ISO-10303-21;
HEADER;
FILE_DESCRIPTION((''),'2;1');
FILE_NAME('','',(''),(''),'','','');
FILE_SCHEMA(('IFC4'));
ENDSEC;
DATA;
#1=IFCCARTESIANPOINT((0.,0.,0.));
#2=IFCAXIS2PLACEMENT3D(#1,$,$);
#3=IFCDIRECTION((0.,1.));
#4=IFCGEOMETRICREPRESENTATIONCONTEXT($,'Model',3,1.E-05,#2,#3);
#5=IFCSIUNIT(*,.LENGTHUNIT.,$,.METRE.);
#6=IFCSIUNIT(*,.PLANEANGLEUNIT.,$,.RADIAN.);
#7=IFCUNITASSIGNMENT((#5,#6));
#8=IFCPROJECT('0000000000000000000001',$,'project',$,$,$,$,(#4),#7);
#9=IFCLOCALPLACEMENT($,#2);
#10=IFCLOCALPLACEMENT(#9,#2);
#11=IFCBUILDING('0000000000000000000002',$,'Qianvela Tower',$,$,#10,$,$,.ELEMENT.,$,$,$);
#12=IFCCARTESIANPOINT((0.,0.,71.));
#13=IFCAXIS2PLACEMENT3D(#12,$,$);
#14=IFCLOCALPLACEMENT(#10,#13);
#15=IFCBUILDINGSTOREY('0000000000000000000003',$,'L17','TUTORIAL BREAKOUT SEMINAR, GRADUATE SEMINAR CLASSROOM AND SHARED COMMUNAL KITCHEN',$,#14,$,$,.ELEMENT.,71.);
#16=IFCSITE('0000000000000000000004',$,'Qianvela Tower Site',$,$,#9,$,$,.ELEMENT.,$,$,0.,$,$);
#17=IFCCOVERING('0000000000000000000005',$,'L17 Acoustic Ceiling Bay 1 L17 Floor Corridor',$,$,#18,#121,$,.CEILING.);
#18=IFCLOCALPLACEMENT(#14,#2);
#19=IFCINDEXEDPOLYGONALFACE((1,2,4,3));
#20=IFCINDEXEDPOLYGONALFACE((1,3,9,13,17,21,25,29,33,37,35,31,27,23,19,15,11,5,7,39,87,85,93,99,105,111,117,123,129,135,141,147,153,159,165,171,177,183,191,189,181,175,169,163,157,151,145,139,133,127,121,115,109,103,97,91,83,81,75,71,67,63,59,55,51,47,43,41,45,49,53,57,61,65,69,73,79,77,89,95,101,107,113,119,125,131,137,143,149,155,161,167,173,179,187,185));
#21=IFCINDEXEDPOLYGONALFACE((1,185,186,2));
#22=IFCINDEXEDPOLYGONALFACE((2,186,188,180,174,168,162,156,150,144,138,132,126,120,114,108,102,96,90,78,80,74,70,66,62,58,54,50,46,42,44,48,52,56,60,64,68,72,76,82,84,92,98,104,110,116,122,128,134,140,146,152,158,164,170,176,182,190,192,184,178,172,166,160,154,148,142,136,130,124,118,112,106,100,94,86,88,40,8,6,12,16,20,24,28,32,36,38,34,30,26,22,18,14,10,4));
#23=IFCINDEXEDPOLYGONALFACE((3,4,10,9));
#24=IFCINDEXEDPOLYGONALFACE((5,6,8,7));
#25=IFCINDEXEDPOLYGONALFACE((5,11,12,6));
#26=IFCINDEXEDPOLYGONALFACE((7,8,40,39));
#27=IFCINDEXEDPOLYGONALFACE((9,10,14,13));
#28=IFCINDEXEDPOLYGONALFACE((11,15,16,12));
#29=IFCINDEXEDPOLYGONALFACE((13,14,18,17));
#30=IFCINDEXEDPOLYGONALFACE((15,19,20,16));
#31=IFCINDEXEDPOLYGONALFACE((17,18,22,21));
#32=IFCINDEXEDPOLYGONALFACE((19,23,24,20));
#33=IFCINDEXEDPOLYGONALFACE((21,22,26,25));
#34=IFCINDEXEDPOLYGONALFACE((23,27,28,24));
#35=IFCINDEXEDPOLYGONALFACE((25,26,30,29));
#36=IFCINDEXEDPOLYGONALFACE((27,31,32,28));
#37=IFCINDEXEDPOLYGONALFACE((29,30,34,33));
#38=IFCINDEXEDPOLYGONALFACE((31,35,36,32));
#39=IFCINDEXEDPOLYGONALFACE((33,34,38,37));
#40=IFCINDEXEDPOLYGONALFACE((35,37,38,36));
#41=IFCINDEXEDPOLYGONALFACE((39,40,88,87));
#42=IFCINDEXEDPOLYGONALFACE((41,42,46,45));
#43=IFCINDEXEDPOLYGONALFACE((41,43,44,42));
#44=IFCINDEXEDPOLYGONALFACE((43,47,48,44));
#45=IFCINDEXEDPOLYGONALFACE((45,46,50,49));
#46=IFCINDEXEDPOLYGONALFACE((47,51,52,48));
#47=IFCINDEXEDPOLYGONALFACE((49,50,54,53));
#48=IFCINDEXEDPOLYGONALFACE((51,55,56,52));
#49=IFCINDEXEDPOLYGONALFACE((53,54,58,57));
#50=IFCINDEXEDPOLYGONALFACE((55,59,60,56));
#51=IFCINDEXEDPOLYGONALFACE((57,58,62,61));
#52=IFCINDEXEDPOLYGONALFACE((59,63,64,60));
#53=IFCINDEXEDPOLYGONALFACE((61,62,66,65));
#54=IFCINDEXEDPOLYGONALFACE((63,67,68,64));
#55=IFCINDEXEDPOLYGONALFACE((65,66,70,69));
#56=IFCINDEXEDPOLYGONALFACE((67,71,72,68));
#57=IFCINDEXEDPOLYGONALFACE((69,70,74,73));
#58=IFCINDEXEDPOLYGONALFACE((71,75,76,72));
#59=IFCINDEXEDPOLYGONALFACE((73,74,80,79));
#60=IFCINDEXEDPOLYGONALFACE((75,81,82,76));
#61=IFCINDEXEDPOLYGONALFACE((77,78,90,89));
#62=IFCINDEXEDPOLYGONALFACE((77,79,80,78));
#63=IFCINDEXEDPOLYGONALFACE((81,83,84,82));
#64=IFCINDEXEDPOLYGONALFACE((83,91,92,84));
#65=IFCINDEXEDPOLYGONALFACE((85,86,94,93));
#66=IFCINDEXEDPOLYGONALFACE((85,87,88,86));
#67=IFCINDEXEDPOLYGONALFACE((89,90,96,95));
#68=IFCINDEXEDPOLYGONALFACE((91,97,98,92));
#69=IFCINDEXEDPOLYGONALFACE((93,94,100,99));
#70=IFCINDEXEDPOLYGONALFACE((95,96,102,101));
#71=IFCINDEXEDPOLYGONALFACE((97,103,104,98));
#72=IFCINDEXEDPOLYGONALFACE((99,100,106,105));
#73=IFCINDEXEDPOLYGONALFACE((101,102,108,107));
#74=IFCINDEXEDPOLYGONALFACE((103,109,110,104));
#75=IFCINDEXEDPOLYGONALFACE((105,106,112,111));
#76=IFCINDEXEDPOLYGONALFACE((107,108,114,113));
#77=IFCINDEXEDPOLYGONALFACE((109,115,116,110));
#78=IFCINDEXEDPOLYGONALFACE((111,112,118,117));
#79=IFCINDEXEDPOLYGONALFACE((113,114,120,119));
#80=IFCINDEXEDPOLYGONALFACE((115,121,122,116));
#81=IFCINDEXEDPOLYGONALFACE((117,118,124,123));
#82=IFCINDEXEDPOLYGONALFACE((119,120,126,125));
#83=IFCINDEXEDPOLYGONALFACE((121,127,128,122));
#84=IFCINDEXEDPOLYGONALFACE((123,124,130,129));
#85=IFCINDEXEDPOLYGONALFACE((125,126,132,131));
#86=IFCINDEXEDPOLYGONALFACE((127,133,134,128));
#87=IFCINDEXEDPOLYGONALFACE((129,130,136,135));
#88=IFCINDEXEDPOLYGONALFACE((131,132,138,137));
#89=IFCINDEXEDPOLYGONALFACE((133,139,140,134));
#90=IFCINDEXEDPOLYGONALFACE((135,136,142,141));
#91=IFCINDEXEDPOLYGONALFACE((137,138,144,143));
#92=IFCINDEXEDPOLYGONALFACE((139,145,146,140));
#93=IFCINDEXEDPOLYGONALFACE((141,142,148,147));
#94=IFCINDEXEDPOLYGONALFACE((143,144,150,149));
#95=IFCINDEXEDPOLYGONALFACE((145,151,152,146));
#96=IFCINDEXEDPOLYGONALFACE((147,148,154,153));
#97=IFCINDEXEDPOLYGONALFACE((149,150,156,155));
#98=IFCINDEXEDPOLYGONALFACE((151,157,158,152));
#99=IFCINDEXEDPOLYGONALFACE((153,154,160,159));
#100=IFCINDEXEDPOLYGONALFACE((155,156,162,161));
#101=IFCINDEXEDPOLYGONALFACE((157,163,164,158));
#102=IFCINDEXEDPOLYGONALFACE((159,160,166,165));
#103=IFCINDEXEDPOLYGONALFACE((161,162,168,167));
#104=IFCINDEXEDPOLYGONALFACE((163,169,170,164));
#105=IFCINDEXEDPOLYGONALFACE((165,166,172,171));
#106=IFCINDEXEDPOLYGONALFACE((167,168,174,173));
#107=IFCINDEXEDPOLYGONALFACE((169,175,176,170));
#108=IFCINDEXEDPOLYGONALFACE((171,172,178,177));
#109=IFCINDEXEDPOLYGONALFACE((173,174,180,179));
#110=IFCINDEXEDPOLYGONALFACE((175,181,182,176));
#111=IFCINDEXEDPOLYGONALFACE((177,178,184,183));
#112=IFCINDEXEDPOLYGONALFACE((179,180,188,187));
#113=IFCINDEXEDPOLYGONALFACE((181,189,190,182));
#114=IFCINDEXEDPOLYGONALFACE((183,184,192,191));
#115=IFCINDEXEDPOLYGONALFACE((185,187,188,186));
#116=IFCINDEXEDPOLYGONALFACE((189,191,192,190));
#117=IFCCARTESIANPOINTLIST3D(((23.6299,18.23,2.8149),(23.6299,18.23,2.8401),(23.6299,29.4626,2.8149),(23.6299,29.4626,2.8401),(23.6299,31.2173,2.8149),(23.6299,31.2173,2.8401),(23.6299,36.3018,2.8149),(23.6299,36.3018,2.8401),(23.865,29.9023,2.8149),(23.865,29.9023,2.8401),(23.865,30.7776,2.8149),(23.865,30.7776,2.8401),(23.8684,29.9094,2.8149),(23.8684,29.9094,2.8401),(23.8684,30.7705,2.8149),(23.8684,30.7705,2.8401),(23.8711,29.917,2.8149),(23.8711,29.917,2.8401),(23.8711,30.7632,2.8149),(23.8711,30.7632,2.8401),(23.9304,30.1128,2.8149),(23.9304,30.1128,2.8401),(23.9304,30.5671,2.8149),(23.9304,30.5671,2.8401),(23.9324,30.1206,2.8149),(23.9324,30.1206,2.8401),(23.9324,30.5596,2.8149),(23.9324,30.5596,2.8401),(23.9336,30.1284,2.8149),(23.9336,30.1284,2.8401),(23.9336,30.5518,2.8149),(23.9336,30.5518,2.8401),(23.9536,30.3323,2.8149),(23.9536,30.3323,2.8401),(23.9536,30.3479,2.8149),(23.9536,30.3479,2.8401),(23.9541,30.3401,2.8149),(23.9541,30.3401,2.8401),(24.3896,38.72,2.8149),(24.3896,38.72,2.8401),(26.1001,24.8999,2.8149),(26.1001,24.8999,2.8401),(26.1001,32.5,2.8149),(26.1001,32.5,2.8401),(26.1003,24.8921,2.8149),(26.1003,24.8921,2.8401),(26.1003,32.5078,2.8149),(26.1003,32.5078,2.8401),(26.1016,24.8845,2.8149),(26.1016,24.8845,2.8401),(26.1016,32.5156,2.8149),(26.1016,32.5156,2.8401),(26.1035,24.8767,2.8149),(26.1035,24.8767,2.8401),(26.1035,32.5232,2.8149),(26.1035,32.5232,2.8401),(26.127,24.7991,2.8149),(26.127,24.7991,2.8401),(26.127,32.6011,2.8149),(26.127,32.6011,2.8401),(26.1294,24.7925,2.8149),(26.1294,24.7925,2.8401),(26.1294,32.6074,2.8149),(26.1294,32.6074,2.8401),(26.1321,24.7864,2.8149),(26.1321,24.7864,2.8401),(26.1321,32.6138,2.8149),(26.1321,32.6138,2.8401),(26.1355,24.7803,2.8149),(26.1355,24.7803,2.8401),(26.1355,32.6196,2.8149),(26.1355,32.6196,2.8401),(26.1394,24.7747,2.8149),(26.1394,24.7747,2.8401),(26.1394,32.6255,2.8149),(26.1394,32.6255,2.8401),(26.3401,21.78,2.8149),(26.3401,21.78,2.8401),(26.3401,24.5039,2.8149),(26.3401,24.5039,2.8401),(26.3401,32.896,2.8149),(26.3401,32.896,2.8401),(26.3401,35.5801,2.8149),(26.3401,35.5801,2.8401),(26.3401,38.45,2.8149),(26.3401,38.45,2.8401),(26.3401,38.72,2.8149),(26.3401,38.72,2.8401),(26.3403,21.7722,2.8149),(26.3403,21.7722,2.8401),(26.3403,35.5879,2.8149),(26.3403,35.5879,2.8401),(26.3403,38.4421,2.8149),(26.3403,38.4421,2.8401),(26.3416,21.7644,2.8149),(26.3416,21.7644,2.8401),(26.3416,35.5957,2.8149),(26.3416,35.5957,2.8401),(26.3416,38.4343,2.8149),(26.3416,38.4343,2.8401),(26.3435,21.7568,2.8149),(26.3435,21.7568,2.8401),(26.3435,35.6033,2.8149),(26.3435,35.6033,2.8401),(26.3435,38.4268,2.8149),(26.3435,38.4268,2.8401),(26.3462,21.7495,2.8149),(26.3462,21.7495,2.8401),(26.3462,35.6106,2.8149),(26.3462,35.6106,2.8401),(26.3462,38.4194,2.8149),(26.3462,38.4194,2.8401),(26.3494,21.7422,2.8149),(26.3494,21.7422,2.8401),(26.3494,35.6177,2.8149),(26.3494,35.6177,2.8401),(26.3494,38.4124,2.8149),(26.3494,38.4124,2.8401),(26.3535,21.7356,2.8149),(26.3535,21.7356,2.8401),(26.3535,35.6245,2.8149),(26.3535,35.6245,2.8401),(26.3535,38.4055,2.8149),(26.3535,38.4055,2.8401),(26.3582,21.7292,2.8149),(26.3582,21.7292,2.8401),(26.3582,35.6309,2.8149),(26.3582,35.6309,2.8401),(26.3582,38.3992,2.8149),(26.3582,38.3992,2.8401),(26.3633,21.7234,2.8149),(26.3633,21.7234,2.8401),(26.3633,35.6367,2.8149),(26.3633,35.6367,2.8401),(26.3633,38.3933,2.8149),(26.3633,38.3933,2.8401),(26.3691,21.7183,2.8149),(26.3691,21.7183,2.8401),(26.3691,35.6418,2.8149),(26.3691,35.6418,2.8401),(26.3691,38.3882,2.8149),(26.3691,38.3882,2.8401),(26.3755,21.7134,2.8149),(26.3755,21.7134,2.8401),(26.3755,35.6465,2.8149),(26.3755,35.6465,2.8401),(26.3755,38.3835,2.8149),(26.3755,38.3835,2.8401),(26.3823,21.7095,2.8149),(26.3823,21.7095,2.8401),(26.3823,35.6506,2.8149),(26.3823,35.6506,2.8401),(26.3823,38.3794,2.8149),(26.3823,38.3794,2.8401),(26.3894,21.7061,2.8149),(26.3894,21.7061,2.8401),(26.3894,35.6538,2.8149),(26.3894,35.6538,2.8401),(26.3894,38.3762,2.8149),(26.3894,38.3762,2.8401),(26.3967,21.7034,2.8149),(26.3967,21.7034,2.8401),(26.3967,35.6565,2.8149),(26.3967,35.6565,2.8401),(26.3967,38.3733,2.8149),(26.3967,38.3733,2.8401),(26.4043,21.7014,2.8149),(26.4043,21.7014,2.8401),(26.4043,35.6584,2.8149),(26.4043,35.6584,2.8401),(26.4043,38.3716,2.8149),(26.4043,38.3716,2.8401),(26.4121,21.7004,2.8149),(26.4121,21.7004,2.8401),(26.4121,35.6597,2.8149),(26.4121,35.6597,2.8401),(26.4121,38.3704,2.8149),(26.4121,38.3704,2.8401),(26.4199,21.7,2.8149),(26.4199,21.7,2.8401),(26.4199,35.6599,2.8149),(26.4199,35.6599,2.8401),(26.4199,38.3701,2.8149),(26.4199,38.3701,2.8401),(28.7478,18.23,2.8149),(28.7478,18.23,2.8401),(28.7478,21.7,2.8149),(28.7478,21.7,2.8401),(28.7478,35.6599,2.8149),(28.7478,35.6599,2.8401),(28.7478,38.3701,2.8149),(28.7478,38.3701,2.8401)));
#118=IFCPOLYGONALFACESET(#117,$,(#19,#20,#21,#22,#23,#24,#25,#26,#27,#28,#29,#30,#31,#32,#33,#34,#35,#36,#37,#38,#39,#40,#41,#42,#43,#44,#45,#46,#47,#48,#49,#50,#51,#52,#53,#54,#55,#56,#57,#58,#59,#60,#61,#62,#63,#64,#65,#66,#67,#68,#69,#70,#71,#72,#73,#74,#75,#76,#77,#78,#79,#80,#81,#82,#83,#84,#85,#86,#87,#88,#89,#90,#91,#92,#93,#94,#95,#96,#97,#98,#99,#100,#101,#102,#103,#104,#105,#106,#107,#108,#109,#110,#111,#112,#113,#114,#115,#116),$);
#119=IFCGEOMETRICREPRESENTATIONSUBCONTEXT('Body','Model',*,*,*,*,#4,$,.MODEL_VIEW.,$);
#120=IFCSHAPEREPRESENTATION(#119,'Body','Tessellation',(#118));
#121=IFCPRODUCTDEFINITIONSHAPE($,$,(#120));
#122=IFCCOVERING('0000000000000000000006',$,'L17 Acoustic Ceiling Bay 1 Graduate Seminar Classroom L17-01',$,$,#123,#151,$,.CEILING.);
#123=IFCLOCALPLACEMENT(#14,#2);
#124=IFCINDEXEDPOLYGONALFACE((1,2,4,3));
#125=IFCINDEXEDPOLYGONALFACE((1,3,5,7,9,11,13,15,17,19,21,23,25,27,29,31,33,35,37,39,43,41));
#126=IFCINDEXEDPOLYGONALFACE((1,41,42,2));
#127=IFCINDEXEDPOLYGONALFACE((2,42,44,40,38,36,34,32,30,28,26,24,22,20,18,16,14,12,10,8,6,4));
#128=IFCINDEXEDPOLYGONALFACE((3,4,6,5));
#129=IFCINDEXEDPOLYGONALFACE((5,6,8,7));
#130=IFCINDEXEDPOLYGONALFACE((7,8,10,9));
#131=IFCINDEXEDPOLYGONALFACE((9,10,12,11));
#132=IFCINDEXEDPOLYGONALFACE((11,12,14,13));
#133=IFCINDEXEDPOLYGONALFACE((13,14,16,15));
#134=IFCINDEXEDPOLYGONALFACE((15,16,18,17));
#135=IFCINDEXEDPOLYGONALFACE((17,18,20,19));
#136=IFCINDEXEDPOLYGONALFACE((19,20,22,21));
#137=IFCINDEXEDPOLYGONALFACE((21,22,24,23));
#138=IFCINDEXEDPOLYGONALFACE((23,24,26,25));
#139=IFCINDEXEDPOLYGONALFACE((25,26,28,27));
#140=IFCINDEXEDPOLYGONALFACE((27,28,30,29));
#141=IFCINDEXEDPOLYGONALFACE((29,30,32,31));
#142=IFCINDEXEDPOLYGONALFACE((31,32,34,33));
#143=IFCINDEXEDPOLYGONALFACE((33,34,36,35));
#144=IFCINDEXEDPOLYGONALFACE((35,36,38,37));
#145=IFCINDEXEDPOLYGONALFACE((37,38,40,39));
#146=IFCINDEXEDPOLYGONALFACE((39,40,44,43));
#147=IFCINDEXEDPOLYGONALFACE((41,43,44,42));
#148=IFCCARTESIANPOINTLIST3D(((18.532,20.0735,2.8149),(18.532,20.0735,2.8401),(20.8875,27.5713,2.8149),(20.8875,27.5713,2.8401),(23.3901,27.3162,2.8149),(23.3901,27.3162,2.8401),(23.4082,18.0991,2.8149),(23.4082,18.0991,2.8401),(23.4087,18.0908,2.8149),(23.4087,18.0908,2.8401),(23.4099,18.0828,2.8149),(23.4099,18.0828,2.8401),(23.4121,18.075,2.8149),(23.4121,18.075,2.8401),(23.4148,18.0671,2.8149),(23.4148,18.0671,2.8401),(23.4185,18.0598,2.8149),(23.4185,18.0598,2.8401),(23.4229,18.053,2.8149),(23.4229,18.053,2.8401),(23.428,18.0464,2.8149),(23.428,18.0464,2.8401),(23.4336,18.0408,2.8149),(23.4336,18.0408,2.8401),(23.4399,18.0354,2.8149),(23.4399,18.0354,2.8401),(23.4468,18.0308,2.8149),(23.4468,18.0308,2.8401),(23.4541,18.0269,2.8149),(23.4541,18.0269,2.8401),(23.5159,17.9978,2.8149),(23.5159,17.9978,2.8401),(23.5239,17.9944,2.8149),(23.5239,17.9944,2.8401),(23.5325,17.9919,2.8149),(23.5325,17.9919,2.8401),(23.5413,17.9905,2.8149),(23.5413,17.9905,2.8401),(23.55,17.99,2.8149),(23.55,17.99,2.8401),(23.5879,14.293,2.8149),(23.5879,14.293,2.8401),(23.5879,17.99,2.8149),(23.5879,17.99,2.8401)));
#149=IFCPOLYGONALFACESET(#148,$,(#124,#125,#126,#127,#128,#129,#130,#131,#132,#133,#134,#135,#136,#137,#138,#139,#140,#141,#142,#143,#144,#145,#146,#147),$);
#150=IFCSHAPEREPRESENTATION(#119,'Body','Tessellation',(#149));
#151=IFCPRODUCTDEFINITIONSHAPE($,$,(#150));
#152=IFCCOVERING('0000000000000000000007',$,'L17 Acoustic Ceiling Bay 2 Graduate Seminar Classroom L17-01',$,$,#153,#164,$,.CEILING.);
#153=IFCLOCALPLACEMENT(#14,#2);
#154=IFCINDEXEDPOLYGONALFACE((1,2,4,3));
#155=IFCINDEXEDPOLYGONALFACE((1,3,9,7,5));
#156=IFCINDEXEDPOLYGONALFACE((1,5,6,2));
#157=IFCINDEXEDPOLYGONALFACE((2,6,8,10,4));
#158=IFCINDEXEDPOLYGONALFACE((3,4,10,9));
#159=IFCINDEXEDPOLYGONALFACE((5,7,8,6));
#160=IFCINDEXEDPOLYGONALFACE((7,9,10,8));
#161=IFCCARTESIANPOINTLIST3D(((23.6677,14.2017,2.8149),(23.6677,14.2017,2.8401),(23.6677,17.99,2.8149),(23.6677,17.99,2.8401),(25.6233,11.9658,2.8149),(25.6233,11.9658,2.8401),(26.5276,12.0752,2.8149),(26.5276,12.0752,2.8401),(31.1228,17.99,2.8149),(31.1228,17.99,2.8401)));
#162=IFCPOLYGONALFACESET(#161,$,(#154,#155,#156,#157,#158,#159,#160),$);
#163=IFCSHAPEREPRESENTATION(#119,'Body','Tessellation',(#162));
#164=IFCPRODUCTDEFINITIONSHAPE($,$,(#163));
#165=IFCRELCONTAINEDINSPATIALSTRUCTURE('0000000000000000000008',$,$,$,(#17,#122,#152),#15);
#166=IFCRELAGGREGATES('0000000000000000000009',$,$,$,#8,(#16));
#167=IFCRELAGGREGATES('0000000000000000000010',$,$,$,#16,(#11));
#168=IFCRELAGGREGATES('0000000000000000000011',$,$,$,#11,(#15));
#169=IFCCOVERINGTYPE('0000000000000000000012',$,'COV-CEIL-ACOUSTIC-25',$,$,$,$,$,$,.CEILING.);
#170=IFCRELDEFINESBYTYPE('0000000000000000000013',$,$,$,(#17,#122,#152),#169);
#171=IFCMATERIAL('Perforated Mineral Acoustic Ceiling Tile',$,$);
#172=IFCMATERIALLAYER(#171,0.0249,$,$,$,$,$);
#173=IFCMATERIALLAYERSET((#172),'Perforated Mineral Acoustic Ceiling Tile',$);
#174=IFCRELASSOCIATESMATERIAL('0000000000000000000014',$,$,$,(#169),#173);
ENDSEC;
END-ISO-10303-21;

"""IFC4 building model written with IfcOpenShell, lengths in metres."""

from ifc_helpers import new_model, si_unit, direction, frame, origin, place, context, subcontext, project, spatial, polyline, outline, extrude, material, layer, layer_set, type_object, element, save


model = new_model("IFC4")

# Units and contexts
model_context = context("Model", 3, precision=1e-05, world=origin(), true_north=direction((0.0, 1.0)))
body_context = subcontext(model_context, "Body", "Model", "MODEL_VIEW")
ifc_project = project(units=[si_unit("LENGTHUNIT", "METRE"), si_unit("PLANEANGLEUNIT", "RADIAN")], contexts=[model_context])

# Site, building, storey
site_placement = place(None, origin())
site = spatial("IfcSite", under=ifc_project, at=site_placement, Name="Qianvela Tower Site", CompositionType="ELEMENT", RefElevation=0.0)
building_placement = place(site_placement, origin())
building = spatial("IfcBuilding", under=site, at=building_placement, Name="Qianvela Tower", CompositionType="ELEMENT")
storey_placement = place(building_placement, frame((0.0, 0.0, 71.0)))
storey = spatial("IfcBuildingStorey", under=building, at=storey_placement, Name="L17", Description="TUTORIAL BREAKOUT SEMINAR, GRADUATE SEMINAR CLASSROOM AND SHARED COMMUNAL KITCHEN", CompositionType="ELEMENT", Elevation=71.0)

# Coverings
ifc_material_1 = material(Name="Perforated Mineral Acoustic Ceiling Tile")
ifc_layer_1 = layer(ifc_material_1, 0.0249)
ifc_layer_set_1 = layer_set([ifc_layer_1], Name="Perforated Mineral Acoustic Ceiling Tile")
covering_type_1 = type_object("IfcCoveringType", Name="COV-CEIL-ACOUSTIC-25", PredefinedType="CEILING", material=ifc_layer_set_1)
covering_1_placement = place(storey_placement, frame((0.0, 0.0, 2.8149)))
element("IfcCovering", 1, at=covering_1_placement, inside=storey, type_object=covering_type_1, Name="L17 Acoustic Ceiling Bay 1 L17 Floor Corridor", PredefinedType="CEILING", context=body_context, shape_type="SweptSolid", body=[
    extrude(outline(polyline([(23.8684, 30.7705), (23.865, 30.7776), (23.6299, 31.2173), (23.6299, 36.3018), (24.3896, 38.72), (26.3401, 38.72), (26.3401, 38.45), (26.3403, 38.4421), (26.3416, 38.4343), (26.3435, 38.4268), (26.3462, 38.4194), (26.3494, 38.4124), (26.3535, 38.4055), (26.3582, 38.3992), (26.3633, 38.3933), (26.3691, 38.3882), (26.3755, 38.3835), (26.3823, 38.3794), (26.3894, 38.3762), (26.3967, 38.3733), (26.4043, 38.3716), (26.4121, 38.3704), (26.4199, 38.3701), (28.7478, 38.3701), (28.7478, 35.6599), (26.4199, 35.6599), (26.4121, 35.6597), (26.4043, 35.6584), (26.3967, 35.6565), (26.3894, 35.6538), (26.3823, 35.6506), (26.3755, 35.6465), (26.3691, 35.6418), (26.3633, 35.6367), (26.3582, 35.6309), (26.3535, 35.6245), (26.3494, 35.6177), (26.3462, 35.6106), (26.3435, 35.6033), (26.3416, 35.5957), (26.3403, 35.5879), (26.3401, 35.5801), (26.3401, 32.896), (26.1394, 32.6255), (26.1355, 32.6196), (26.1321, 32.6138), (26.1294, 32.6074), (26.127, 32.6011), (26.1035, 32.5232), (26.1016, 32.5156), (26.1003, 32.5078), (26.1001, 32.5), (26.1001, 24.8999), (26.1003, 24.8921), (26.1016, 24.8845), (26.1035, 24.8767), (26.127, 24.7991), (26.1294, 24.7925), (26.1321, 24.7864), (26.1355, 24.7803), (26.1394, 24.7747), (26.3401, 24.5039), (26.3401, 21.78), (26.3403, 21.7722), (26.3416, 21.7644), (26.3435, 21.7568), (26.3462, 21.7495), (26.3494, 21.7422), (26.3535, 21.7356), (26.3582, 21.7292), (26.3633, 21.7234), (26.3691, 21.7183), (26.3755, 21.7134), (26.3823, 21.7095), (26.3894, 21.7061), (26.3967, 21.7034), (26.4043, 21.7014), (26.4121, 21.7004), (26.4199, 21.7), (28.7478, 21.7), (28.7478, 18.23), (23.6299, 18.23), (23.6299, 29.4626), (23.865, 29.9023), (23.8684, 29.9094), (23.8711, 29.917), (23.9304, 30.1128), (23.9324, 30.1206), (23.9336, 30.1284), (23.9536, 30.3323), (23.9541, 30.3401), (23.9536, 30.3479), (23.9336, 30.5518), (23.9324, 30.5596), (23.9304, 30.5671), (23.8711, 30.7632), (23.8684, 30.7705)])), origin(), (0.0, 0.0, 1.0), 0.0251),
])
covering_2_placement = place(storey_placement, frame((0.0, 0.0, 2.8149)))
element("IfcCovering", 2, at=covering_2_placement, inside=storey, type_object=covering_type_1, Name="L17 Acoustic Ceiling Bay 1 Graduate Seminar Classroom L17-01", PredefinedType="CEILING", context=body_context, shape_type="SweptSolid", body=[
    extrude(outline(polyline([(23.4082, 18.0991), (23.4087, 18.0908), (23.4099, 18.0828), (23.4121, 18.075), (23.4148, 18.0671), (23.4185, 18.0598), (23.4229, 18.053), (23.428, 18.0464), (23.4336, 18.0408), (23.4399, 18.0354), (23.4468, 18.0308), (23.4541, 18.0269), (23.5159, 17.9978), (23.5239, 17.9944), (23.5325, 17.9919), (23.5413, 17.9905), (23.55, 17.99), (23.5879, 17.99), (23.5879, 14.293), (18.532, 20.0735), (20.8875, 27.5713), (23.3901, 27.3162), (23.4082, 18.0991)])), origin(), (0.0, 0.0, 1.0), 0.0251),
])
covering_3_placement = place(storey_placement, frame((0.0, 0.0, 2.8149)))
element("IfcCovering", 3, at=covering_3_placement, inside=storey, type_object=covering_type_1, Name="L17 Acoustic Ceiling Bay 2 Graduate Seminar Classroom L17-01", PredefinedType="CEILING", context=body_context, shape_type="SweptSolid", body=[
    extrude(outline(polyline([(31.1228, 17.99), (26.5276, 12.0752), (25.6233, 11.9658), (23.6677, 14.2017), (23.6677, 17.99), (31.1228, 17.99)])), origin(), (0.0, 0.0, 1.0), 0.0251),
])

save(model, "model.ifc")
